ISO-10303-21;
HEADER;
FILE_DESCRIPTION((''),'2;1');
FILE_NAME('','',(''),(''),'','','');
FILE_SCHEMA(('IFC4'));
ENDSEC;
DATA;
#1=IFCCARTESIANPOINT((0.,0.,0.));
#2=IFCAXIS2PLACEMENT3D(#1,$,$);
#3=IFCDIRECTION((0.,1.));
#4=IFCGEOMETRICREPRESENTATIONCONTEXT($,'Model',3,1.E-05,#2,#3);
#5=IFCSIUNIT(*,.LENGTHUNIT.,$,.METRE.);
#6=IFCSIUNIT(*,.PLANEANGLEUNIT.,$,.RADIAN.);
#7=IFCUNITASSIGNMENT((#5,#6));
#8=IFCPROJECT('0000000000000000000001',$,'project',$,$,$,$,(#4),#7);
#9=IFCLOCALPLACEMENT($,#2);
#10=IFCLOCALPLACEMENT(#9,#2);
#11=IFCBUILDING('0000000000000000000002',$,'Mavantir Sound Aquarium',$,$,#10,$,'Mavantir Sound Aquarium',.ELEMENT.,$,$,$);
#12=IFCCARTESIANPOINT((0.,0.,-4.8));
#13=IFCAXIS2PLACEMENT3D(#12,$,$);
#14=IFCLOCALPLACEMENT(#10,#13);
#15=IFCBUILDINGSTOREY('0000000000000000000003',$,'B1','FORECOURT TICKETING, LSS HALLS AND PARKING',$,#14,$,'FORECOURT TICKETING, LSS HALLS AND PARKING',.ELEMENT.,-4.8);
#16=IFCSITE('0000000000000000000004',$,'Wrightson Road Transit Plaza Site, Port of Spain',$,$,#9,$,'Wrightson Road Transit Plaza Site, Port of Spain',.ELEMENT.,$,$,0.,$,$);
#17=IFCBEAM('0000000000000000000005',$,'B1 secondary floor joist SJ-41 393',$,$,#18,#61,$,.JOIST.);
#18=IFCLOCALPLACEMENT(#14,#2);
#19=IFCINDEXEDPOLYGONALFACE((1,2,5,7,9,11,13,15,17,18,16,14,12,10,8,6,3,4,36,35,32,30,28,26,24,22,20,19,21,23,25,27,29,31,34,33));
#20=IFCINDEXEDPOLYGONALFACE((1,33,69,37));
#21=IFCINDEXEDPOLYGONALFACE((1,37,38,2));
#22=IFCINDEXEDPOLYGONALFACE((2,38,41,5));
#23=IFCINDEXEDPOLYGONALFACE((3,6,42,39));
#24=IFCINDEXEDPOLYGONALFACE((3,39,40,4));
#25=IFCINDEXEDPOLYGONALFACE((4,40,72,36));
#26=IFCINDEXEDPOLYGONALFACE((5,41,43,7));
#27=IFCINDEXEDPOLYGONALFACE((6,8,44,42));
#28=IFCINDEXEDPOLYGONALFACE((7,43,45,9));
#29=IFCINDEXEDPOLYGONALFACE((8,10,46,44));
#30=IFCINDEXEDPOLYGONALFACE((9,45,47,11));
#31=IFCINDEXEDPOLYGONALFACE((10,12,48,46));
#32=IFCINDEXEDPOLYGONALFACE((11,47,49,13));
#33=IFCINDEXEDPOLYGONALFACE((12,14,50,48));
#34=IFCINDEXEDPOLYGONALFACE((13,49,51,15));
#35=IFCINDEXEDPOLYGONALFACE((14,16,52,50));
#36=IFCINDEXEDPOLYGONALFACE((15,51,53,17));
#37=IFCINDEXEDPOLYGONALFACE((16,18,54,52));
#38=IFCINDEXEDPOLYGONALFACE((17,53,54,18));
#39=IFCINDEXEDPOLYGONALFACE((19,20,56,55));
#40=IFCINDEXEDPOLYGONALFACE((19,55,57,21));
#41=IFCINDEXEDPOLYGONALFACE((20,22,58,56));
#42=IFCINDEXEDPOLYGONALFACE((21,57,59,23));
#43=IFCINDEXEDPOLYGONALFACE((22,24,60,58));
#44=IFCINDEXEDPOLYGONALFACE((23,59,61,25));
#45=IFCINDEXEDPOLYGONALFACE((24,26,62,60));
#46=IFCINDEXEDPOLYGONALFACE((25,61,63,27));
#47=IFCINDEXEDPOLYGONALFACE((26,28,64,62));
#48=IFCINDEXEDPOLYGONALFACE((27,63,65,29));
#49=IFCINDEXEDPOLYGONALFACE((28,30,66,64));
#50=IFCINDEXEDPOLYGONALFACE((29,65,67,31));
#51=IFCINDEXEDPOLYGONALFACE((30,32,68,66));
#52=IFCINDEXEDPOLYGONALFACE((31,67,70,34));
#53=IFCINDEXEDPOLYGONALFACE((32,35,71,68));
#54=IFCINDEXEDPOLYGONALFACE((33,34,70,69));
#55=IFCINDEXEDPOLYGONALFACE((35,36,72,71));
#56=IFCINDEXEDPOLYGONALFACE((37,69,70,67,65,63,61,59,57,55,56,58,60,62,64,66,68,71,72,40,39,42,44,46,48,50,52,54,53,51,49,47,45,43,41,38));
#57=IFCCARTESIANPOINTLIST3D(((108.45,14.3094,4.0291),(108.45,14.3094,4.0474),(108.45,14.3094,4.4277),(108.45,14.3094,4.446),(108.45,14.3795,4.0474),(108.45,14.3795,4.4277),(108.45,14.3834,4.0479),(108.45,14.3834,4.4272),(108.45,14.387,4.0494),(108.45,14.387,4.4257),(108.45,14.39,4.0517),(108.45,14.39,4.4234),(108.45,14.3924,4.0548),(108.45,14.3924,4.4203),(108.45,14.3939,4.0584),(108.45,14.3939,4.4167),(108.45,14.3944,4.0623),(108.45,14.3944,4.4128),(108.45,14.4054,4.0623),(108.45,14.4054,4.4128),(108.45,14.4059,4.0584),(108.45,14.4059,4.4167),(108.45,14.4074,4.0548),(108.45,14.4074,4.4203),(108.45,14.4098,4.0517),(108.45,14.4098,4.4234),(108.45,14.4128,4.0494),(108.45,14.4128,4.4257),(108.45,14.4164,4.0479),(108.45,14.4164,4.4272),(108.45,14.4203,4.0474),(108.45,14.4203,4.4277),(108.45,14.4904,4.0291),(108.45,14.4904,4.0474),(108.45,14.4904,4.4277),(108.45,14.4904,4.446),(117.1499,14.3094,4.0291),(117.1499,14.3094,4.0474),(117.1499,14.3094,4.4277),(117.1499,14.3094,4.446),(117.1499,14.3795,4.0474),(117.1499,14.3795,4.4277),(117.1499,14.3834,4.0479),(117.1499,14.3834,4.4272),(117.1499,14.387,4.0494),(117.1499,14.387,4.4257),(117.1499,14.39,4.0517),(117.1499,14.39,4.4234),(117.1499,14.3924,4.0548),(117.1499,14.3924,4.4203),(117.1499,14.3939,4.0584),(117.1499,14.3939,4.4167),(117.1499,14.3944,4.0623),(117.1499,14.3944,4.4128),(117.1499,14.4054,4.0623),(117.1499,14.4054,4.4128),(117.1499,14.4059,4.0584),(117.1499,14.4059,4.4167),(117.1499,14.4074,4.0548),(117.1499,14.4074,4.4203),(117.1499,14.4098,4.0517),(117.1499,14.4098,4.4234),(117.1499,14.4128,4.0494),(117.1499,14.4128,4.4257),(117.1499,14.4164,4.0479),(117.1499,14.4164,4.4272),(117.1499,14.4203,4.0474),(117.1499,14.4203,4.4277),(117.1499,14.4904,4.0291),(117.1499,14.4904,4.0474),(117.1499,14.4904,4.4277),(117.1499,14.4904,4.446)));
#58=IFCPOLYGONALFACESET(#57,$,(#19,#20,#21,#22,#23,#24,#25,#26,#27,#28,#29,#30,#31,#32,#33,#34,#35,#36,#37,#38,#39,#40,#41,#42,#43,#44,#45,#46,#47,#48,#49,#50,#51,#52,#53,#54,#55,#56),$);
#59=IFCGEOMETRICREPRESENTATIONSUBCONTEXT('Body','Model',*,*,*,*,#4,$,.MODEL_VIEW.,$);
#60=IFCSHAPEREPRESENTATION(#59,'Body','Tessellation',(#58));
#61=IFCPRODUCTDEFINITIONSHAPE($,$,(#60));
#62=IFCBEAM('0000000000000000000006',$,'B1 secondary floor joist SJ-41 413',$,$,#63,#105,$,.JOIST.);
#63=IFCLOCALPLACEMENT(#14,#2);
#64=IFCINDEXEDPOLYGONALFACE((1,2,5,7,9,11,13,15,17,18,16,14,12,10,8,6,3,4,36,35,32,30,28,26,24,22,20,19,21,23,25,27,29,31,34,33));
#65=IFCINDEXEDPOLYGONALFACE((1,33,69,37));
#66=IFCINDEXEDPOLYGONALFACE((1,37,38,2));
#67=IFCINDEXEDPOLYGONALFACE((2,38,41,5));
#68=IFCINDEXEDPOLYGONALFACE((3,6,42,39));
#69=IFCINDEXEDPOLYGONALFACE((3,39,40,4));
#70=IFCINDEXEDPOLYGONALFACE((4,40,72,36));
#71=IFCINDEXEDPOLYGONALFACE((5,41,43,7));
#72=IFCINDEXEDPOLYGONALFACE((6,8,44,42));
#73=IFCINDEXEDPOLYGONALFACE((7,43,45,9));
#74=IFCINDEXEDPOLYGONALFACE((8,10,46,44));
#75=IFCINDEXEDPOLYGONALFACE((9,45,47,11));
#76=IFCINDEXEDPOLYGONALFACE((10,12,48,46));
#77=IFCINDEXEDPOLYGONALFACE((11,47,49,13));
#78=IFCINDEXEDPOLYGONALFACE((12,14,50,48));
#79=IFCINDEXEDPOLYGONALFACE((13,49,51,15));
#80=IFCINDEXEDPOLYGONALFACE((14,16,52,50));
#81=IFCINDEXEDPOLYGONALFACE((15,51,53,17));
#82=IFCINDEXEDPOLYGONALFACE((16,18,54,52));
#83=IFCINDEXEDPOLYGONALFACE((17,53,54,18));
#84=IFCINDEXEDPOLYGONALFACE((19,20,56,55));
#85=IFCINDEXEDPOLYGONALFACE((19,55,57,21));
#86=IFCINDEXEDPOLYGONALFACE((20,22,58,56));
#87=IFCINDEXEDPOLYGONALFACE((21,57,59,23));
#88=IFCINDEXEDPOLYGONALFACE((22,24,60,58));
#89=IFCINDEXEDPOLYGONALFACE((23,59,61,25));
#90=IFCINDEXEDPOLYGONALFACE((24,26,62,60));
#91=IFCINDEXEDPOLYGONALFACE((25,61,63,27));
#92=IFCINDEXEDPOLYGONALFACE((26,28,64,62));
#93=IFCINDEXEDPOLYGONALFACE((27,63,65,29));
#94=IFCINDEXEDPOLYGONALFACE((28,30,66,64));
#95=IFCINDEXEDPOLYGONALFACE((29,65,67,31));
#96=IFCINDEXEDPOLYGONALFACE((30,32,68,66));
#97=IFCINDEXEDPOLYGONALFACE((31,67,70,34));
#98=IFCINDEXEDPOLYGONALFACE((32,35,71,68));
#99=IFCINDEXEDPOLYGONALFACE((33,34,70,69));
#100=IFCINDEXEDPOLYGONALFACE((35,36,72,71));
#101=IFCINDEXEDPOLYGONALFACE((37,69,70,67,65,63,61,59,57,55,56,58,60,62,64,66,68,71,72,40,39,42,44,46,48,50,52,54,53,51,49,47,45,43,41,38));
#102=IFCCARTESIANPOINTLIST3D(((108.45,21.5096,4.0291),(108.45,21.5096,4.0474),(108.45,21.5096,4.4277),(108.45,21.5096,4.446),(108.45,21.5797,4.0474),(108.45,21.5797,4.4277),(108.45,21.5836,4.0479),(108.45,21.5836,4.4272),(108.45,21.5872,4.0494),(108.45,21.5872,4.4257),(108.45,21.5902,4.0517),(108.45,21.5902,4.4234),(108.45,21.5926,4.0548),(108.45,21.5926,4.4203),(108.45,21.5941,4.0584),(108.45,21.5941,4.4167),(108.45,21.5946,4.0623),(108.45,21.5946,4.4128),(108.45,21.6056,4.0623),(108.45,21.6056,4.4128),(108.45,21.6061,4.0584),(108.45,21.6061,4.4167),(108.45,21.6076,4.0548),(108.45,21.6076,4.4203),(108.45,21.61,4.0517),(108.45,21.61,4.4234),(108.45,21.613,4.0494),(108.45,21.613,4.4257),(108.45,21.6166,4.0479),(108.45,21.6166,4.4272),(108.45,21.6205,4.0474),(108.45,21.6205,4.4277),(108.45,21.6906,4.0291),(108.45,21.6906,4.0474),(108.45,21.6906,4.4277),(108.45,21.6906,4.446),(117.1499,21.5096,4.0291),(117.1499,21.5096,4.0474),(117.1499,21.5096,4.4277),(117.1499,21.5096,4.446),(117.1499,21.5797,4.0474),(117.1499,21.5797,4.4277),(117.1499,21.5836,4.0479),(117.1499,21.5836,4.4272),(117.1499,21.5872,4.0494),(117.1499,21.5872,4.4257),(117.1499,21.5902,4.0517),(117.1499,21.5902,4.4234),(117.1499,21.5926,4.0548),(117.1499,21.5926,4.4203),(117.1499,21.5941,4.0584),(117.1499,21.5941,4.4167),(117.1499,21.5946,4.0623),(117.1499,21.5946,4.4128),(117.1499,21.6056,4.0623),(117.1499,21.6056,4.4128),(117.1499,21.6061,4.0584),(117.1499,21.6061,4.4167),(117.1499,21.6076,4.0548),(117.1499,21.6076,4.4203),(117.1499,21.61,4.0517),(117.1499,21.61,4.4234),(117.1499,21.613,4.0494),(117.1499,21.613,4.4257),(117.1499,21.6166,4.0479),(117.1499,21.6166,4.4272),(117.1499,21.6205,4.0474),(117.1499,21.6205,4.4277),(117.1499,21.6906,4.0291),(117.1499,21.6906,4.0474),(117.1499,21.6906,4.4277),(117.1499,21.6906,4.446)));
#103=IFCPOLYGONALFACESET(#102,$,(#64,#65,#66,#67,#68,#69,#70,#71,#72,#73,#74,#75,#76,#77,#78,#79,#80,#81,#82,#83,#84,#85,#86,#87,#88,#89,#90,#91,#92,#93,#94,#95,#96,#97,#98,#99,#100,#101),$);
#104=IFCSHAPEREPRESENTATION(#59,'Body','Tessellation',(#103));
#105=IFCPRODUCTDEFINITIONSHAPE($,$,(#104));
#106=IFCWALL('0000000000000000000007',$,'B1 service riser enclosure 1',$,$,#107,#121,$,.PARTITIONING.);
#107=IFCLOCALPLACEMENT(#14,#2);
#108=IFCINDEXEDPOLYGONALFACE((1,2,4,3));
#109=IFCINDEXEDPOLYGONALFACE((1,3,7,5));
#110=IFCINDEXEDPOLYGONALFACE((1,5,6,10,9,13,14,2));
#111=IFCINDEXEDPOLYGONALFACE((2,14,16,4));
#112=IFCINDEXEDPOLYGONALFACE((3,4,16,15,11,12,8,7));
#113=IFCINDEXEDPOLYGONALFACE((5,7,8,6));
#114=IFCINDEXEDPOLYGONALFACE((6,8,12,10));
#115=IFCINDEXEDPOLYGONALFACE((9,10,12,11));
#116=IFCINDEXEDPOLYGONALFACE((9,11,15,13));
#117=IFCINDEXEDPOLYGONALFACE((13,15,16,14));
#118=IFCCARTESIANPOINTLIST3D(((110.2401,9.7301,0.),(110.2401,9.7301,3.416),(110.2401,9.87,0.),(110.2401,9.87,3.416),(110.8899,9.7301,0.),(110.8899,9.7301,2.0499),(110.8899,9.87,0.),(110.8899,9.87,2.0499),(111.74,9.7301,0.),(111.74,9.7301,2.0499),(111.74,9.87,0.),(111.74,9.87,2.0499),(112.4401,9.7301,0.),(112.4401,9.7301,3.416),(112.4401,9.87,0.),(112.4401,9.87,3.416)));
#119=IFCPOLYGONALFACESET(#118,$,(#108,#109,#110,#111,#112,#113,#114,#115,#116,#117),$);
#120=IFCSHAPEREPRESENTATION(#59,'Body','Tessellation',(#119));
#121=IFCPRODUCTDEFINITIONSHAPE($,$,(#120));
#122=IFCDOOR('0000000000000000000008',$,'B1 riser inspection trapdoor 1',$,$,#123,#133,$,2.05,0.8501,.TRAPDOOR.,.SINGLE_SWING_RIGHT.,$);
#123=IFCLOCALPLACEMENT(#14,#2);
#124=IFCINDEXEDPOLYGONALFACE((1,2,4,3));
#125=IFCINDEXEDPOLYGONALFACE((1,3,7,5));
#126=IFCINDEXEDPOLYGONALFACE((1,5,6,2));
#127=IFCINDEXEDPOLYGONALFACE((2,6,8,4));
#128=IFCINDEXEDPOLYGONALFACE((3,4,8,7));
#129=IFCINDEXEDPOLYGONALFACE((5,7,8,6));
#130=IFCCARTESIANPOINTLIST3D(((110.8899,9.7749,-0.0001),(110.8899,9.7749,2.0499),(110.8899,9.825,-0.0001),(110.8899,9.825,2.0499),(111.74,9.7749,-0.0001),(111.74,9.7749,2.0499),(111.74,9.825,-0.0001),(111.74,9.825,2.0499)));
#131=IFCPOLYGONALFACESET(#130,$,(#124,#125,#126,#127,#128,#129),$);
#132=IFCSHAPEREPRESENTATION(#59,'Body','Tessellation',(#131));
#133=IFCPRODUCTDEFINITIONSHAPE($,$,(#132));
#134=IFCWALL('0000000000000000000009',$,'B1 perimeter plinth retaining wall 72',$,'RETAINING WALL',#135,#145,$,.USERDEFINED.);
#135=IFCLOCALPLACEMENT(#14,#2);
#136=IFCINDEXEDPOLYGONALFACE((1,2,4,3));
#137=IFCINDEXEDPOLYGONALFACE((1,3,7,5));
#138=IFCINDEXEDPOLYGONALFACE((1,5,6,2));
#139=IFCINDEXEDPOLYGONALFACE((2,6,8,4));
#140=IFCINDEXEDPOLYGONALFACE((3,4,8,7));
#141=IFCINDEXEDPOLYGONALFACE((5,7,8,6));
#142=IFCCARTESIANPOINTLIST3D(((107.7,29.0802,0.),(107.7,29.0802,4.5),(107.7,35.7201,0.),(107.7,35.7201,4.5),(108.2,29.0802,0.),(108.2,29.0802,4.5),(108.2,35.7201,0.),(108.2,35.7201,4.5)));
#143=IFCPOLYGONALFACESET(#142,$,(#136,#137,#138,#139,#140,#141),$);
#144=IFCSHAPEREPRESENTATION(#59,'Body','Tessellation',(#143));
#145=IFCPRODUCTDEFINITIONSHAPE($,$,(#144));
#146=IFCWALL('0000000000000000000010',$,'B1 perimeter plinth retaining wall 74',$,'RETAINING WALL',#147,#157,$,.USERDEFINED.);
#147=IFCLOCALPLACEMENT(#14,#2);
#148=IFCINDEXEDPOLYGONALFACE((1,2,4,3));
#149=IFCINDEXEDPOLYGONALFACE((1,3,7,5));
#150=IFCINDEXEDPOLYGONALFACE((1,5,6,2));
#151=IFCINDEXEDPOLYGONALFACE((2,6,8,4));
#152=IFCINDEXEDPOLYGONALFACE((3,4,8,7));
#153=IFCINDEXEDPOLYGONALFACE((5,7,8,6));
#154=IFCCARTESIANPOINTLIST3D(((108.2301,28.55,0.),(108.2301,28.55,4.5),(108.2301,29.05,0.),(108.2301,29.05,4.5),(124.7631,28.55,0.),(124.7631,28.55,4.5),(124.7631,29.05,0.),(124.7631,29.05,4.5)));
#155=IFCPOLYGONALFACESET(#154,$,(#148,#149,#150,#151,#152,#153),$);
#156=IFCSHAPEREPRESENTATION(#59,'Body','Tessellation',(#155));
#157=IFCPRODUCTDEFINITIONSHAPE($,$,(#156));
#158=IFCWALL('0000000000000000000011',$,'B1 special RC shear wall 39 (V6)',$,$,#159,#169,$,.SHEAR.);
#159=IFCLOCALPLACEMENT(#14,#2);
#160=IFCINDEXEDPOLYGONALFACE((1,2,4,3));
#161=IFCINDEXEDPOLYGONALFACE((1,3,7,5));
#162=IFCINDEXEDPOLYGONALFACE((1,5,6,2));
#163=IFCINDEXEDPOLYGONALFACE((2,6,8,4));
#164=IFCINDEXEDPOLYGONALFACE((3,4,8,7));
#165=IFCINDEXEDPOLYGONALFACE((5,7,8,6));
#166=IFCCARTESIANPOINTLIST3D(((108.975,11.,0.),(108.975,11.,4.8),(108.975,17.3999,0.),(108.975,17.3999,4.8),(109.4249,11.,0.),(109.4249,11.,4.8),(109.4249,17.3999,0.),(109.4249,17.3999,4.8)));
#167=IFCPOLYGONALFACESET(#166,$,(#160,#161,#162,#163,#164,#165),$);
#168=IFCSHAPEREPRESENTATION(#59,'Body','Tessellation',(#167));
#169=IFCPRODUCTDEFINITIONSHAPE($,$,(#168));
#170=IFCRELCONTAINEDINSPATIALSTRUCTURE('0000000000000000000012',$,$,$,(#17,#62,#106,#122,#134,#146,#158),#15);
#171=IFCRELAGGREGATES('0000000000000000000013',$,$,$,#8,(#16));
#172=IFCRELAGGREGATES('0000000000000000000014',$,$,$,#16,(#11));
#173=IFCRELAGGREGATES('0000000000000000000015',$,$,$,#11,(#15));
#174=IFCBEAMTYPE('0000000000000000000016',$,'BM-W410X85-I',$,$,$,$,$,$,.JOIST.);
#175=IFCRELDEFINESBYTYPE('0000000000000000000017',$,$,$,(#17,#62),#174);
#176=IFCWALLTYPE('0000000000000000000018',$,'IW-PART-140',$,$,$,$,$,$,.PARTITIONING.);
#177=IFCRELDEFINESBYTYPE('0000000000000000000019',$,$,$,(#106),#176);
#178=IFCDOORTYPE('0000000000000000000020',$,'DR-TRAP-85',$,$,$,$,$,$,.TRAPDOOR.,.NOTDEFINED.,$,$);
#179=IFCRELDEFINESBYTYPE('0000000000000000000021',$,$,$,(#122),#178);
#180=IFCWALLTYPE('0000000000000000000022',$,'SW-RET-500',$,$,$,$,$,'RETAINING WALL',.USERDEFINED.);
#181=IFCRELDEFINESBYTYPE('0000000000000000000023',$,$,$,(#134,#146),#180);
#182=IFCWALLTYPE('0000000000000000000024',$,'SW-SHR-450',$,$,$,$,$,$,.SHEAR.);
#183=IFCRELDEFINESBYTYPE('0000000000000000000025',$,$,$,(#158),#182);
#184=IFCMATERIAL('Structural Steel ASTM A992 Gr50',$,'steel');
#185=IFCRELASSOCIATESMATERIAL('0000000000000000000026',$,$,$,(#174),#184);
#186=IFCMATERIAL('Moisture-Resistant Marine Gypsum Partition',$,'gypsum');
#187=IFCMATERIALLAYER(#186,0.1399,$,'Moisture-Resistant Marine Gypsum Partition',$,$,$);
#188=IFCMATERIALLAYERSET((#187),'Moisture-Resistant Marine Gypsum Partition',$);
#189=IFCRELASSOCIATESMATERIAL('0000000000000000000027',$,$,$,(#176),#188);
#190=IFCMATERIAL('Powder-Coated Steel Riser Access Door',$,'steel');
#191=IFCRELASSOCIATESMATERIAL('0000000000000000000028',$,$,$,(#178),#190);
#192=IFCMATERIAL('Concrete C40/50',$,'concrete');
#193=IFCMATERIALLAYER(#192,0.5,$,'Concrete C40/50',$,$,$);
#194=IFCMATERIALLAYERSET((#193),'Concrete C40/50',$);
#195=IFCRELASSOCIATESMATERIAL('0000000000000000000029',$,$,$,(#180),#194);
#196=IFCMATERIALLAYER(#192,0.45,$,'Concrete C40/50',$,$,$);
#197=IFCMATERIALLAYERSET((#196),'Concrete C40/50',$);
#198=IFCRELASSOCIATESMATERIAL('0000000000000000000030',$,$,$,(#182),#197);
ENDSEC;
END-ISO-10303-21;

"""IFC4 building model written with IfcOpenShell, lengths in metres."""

from ifc_helpers import new_model, si_unit, direction, frame, frame_2d, origin, origin_2d, place, context, subcontext, project, spatial, rectangle, i_section, extrude, material, layer, layer_set, material_profile, profile_set, type_object, element, fill, save


model = new_model("IFC4")

# Units and contexts
model_context = context("Model", 3, precision=1e-05, world=origin(), true_north=direction((0.0, 1.0)))
body_context = subcontext(model_context, "Body", "Model", "MODEL_VIEW")
ifc_project = project(units=[si_unit("LENGTHUNIT", "METRE"), si_unit("PLANEANGLEUNIT", "RADIAN")], contexts=[model_context])

# Site, building, storey
site_placement = place(None, origin())
site = spatial("IfcSite", under=ifc_project, at=site_placement, Name="Wrightson Road Transit Plaza Site, Port of Spain", LongName="Wrightson Road Transit Plaza Site, Port of Spain", CompositionType="ELEMENT", RefElevation=0.0)
building_placement = place(site_placement, origin())
building = spatial("IfcBuilding", under=site, at=building_placement, Name="Mavantir Sound Aquarium", LongName="Mavantir Sound Aquarium", CompositionType="ELEMENT")
storey_placement = place(building_placement, frame((0.0, 0.0, -4.8)))
storey = spatial("IfcBuildingStorey", under=building, at=storey_placement, Name="B1", Description="FORECOURT TICKETING, LSS HALLS AND PARKING", LongName="FORECOURT TICKETING, LSS HALLS AND PARKING", CompositionType="ELEMENT", Elevation=-4.8)

# Shared definitions
ifc_material_1 = material(Name="Concrete C40/50", Category="concrete")

# Beams
ifc_material_2 = material(Name="Structural Steel ASTM A992 Gr50", Category="steel")
ifc_material_profile_1 = material_profile(ifc_material_2, i_section(OverallWidth=0.1809, OverallDepth=0.417, WebThickness=0.011, FlangeThickness=0.0183, FilletRadius=0.0149, at=origin_2d()), Name="W410X85")
ifc_profile_set_1 = profile_set([ifc_material_profile_1], Name="Structural Steel ASTM A992 Gr50")
beam_type_1 = type_object("IfcBeamType", Name="BM-W410X85-I", PredefinedType="JOIST", material=ifc_profile_set_1)
for number, where, z_axis, x_axis, name in (
    (1, (108.45, 14.3999, 4.2375), (1.0, 0.0, 0.0), (0.0, 1.0, 0.0), "B1 secondary floor joist SJ-41 393"),
    (2, (108.45, 21.6001, 4.2375), (1.0, 0.0, 0.0), (0.0, 1.0, 0.0), "B1 secondary floor joist SJ-41 413"),
):
    element("IfcBeam", number, at=place(storey_placement, frame(where, z_axis=z_axis, x_axis=x_axis)), inside=storey, type_object=beam_type_1, Name=name, PredefinedType="JOIST", context=body_context, shape_type="SweptSolid", body=[
        extrude(i_section(OverallWidth=0.1809, OverallDepth=0.417, WebThickness=0.011, FlangeThickness=0.0183, FilletRadius=0.0149, at=origin_2d()), origin(), (0.0, 0.0, 1.0), 8.7),
    ])

# Wall, opening, door
ifc_material_3 = material(Name="Moisture-Resistant Marine Gypsum Partition", Category="gypsum")
ifc_layer_1 = layer(ifc_material_3, 0.1399, Name="Moisture-Resistant Marine Gypsum Partition")
ifc_layer_set_1 = layer_set([ifc_layer_1], Name="Moisture-Resistant Marine Gypsum Partition")
wall_type_1 = type_object("IfcWallType", Name="IW-PART-140", PredefinedType="PARTITIONING", material=ifc_layer_set_1)
wall_1_placement = place(storey_placement, frame((110.24, 9.8, 0.0), z_axis=(0.0, 0.0, 1.0), x_axis=(1.0, 0.0, 0.0)))
wall_1 = element("IfcWall", 3, at=wall_1_placement, inside=storey, type_object=wall_type_1, Name="B1 service riser enclosure 1", PredefinedType="PARTITIONING", context=body_context, shape_type="SweptSolid", body=[
    extrude(rectangle(XDim=2.2, YDim=0.1399, at=frame_2d((1.1001, 0.0))), origin(), (0.0, 0.0, 1.0), 3.416),
])
opening_placement = place(wall_1_placement, frame((0.6499, 0.0, 0.0)))
opening = element("IfcOpeningElement", 4, at=opening_placement, cuts=wall_1, PredefinedType="OPENING", context=body_context, shape_type="SweptSolid", body=[
    extrude(rectangle(XDim=0.8501, YDim=2.05, at=frame_2d((0.425, 1.0249))), frame((0.0, 0.0801, 0.0), z_axis=(0.0, -1.0, 0.0), x_axis=(1.0, 0.0, 0.0)), (0.0, 0.0, 1.0), 0.1599),
])
ifc_material_4 = material(Name="Powder-Coated Steel Riser Access Door", Category="steel")
door_type = type_object("IfcDoorType", Name="DR-TRAP-85", OperationType="NOTDEFINED", PredefinedType="TRAPDOOR", material=ifc_material_4)
door_placement = place(opening_placement, origin())
door = element("IfcDoor", 5, at=door_placement, inside=storey, type_object=door_type, Name="B1 riser inspection trapdoor 1", OperationType="SINGLE_SWING_RIGHT", OverallHeight=2.05, OverallWidth=0.8501, PredefinedType="TRAPDOOR", context=body_context, shape_type="SweptSolid", body=[
    extrude(rectangle(XDim=0.8501, YDim=2.05, at=frame_2d((0.425, 1.0249))), frame((0.0, 0.0249, 0.0), z_axis=(0.0, -1.0, 0.0), x_axis=(1.0, 0.0, 0.0)), (0.0, 0.0, 1.0), 0.05),
])
fill(opening, door)

# Walls
ifc_layer_2 = layer(ifc_material_1, 0.5, Name="Concrete C40/50")
ifc_layer_set_2 = layer_set([ifc_layer_2], Name="Concrete C40/50")
wall_type_2 = type_object("IfcWallType", Name="SW-RET-500", ElementType="RETAINING WALL", PredefinedType="USERDEFINED", material=ifc_layer_set_2)
wall_2_placement = place(storey_placement, frame((107.95, 35.72, 0.0), z_axis=(0.0, 0.0, 1.0), x_axis=(0.0, -1.0, 0.0)))
element("IfcWall", 6, at=wall_2_placement, inside=storey, type_object=wall_type_2, Name="B1 perimeter plinth retaining wall 72", ObjectType="RETAINING WALL", PredefinedType="USERDEFINED", context=body_context, shape_type="SweptSolid", body=[
    extrude(rectangle(XDim=6.6399, YDim=0.5, at=frame_2d((3.3198, 0.0))), origin(), (0.0, 0.0, 1.0), 4.5),
])
wall_3_placement = place(storey_placement, frame((108.23, 28.8, 0.0), z_axis=(0.0, 0.0, 1.0), x_axis=(1.0, 0.0, 0.0)))
element("IfcWall", 7, at=wall_3_placement, inside=storey, type_object=wall_type_2, Name="B1 perimeter plinth retaining wall 74", ObjectType="RETAINING WALL", PredefinedType="USERDEFINED", context=body_context, shape_type="SweptSolid", body=[
    extrude(rectangle(XDim=16.533, YDim=0.5, at=frame_2d((8.2666, 0.0))), origin(), (0.0, 0.0, 1.0), 4.5),
])
ifc_layer_3 = layer(ifc_material_1, 0.45, Name="Concrete C40/50")
ifc_layer_set_3 = layer_set([ifc_layer_3], Name="Concrete C40/50")
wall_type_3 = type_object("IfcWallType", Name="SW-SHR-450", PredefinedType="SHEAR", material=ifc_layer_set_3)
wall_4_placement = place(storey_placement, frame((109.2, 11.0, 0.0), z_axis=(0.0, 0.0, 1.0), x_axis=(0.0, 1.0, 0.0)))
element("IfcWall", 8, at=wall_4_placement, inside=storey, type_object=wall_type_3, Name="B1 special RC shear wall 39 (V6)", PredefinedType="SHEAR", context=body_context, shape_type="SweptSolid", body=[
    extrude(rectangle(XDim=6.3999, YDim=0.45, at=frame_2d((3.2, 0.0))), origin(), (0.0, 0.0, 1.0), 4.8),
])

save(model, "model.ifc")
